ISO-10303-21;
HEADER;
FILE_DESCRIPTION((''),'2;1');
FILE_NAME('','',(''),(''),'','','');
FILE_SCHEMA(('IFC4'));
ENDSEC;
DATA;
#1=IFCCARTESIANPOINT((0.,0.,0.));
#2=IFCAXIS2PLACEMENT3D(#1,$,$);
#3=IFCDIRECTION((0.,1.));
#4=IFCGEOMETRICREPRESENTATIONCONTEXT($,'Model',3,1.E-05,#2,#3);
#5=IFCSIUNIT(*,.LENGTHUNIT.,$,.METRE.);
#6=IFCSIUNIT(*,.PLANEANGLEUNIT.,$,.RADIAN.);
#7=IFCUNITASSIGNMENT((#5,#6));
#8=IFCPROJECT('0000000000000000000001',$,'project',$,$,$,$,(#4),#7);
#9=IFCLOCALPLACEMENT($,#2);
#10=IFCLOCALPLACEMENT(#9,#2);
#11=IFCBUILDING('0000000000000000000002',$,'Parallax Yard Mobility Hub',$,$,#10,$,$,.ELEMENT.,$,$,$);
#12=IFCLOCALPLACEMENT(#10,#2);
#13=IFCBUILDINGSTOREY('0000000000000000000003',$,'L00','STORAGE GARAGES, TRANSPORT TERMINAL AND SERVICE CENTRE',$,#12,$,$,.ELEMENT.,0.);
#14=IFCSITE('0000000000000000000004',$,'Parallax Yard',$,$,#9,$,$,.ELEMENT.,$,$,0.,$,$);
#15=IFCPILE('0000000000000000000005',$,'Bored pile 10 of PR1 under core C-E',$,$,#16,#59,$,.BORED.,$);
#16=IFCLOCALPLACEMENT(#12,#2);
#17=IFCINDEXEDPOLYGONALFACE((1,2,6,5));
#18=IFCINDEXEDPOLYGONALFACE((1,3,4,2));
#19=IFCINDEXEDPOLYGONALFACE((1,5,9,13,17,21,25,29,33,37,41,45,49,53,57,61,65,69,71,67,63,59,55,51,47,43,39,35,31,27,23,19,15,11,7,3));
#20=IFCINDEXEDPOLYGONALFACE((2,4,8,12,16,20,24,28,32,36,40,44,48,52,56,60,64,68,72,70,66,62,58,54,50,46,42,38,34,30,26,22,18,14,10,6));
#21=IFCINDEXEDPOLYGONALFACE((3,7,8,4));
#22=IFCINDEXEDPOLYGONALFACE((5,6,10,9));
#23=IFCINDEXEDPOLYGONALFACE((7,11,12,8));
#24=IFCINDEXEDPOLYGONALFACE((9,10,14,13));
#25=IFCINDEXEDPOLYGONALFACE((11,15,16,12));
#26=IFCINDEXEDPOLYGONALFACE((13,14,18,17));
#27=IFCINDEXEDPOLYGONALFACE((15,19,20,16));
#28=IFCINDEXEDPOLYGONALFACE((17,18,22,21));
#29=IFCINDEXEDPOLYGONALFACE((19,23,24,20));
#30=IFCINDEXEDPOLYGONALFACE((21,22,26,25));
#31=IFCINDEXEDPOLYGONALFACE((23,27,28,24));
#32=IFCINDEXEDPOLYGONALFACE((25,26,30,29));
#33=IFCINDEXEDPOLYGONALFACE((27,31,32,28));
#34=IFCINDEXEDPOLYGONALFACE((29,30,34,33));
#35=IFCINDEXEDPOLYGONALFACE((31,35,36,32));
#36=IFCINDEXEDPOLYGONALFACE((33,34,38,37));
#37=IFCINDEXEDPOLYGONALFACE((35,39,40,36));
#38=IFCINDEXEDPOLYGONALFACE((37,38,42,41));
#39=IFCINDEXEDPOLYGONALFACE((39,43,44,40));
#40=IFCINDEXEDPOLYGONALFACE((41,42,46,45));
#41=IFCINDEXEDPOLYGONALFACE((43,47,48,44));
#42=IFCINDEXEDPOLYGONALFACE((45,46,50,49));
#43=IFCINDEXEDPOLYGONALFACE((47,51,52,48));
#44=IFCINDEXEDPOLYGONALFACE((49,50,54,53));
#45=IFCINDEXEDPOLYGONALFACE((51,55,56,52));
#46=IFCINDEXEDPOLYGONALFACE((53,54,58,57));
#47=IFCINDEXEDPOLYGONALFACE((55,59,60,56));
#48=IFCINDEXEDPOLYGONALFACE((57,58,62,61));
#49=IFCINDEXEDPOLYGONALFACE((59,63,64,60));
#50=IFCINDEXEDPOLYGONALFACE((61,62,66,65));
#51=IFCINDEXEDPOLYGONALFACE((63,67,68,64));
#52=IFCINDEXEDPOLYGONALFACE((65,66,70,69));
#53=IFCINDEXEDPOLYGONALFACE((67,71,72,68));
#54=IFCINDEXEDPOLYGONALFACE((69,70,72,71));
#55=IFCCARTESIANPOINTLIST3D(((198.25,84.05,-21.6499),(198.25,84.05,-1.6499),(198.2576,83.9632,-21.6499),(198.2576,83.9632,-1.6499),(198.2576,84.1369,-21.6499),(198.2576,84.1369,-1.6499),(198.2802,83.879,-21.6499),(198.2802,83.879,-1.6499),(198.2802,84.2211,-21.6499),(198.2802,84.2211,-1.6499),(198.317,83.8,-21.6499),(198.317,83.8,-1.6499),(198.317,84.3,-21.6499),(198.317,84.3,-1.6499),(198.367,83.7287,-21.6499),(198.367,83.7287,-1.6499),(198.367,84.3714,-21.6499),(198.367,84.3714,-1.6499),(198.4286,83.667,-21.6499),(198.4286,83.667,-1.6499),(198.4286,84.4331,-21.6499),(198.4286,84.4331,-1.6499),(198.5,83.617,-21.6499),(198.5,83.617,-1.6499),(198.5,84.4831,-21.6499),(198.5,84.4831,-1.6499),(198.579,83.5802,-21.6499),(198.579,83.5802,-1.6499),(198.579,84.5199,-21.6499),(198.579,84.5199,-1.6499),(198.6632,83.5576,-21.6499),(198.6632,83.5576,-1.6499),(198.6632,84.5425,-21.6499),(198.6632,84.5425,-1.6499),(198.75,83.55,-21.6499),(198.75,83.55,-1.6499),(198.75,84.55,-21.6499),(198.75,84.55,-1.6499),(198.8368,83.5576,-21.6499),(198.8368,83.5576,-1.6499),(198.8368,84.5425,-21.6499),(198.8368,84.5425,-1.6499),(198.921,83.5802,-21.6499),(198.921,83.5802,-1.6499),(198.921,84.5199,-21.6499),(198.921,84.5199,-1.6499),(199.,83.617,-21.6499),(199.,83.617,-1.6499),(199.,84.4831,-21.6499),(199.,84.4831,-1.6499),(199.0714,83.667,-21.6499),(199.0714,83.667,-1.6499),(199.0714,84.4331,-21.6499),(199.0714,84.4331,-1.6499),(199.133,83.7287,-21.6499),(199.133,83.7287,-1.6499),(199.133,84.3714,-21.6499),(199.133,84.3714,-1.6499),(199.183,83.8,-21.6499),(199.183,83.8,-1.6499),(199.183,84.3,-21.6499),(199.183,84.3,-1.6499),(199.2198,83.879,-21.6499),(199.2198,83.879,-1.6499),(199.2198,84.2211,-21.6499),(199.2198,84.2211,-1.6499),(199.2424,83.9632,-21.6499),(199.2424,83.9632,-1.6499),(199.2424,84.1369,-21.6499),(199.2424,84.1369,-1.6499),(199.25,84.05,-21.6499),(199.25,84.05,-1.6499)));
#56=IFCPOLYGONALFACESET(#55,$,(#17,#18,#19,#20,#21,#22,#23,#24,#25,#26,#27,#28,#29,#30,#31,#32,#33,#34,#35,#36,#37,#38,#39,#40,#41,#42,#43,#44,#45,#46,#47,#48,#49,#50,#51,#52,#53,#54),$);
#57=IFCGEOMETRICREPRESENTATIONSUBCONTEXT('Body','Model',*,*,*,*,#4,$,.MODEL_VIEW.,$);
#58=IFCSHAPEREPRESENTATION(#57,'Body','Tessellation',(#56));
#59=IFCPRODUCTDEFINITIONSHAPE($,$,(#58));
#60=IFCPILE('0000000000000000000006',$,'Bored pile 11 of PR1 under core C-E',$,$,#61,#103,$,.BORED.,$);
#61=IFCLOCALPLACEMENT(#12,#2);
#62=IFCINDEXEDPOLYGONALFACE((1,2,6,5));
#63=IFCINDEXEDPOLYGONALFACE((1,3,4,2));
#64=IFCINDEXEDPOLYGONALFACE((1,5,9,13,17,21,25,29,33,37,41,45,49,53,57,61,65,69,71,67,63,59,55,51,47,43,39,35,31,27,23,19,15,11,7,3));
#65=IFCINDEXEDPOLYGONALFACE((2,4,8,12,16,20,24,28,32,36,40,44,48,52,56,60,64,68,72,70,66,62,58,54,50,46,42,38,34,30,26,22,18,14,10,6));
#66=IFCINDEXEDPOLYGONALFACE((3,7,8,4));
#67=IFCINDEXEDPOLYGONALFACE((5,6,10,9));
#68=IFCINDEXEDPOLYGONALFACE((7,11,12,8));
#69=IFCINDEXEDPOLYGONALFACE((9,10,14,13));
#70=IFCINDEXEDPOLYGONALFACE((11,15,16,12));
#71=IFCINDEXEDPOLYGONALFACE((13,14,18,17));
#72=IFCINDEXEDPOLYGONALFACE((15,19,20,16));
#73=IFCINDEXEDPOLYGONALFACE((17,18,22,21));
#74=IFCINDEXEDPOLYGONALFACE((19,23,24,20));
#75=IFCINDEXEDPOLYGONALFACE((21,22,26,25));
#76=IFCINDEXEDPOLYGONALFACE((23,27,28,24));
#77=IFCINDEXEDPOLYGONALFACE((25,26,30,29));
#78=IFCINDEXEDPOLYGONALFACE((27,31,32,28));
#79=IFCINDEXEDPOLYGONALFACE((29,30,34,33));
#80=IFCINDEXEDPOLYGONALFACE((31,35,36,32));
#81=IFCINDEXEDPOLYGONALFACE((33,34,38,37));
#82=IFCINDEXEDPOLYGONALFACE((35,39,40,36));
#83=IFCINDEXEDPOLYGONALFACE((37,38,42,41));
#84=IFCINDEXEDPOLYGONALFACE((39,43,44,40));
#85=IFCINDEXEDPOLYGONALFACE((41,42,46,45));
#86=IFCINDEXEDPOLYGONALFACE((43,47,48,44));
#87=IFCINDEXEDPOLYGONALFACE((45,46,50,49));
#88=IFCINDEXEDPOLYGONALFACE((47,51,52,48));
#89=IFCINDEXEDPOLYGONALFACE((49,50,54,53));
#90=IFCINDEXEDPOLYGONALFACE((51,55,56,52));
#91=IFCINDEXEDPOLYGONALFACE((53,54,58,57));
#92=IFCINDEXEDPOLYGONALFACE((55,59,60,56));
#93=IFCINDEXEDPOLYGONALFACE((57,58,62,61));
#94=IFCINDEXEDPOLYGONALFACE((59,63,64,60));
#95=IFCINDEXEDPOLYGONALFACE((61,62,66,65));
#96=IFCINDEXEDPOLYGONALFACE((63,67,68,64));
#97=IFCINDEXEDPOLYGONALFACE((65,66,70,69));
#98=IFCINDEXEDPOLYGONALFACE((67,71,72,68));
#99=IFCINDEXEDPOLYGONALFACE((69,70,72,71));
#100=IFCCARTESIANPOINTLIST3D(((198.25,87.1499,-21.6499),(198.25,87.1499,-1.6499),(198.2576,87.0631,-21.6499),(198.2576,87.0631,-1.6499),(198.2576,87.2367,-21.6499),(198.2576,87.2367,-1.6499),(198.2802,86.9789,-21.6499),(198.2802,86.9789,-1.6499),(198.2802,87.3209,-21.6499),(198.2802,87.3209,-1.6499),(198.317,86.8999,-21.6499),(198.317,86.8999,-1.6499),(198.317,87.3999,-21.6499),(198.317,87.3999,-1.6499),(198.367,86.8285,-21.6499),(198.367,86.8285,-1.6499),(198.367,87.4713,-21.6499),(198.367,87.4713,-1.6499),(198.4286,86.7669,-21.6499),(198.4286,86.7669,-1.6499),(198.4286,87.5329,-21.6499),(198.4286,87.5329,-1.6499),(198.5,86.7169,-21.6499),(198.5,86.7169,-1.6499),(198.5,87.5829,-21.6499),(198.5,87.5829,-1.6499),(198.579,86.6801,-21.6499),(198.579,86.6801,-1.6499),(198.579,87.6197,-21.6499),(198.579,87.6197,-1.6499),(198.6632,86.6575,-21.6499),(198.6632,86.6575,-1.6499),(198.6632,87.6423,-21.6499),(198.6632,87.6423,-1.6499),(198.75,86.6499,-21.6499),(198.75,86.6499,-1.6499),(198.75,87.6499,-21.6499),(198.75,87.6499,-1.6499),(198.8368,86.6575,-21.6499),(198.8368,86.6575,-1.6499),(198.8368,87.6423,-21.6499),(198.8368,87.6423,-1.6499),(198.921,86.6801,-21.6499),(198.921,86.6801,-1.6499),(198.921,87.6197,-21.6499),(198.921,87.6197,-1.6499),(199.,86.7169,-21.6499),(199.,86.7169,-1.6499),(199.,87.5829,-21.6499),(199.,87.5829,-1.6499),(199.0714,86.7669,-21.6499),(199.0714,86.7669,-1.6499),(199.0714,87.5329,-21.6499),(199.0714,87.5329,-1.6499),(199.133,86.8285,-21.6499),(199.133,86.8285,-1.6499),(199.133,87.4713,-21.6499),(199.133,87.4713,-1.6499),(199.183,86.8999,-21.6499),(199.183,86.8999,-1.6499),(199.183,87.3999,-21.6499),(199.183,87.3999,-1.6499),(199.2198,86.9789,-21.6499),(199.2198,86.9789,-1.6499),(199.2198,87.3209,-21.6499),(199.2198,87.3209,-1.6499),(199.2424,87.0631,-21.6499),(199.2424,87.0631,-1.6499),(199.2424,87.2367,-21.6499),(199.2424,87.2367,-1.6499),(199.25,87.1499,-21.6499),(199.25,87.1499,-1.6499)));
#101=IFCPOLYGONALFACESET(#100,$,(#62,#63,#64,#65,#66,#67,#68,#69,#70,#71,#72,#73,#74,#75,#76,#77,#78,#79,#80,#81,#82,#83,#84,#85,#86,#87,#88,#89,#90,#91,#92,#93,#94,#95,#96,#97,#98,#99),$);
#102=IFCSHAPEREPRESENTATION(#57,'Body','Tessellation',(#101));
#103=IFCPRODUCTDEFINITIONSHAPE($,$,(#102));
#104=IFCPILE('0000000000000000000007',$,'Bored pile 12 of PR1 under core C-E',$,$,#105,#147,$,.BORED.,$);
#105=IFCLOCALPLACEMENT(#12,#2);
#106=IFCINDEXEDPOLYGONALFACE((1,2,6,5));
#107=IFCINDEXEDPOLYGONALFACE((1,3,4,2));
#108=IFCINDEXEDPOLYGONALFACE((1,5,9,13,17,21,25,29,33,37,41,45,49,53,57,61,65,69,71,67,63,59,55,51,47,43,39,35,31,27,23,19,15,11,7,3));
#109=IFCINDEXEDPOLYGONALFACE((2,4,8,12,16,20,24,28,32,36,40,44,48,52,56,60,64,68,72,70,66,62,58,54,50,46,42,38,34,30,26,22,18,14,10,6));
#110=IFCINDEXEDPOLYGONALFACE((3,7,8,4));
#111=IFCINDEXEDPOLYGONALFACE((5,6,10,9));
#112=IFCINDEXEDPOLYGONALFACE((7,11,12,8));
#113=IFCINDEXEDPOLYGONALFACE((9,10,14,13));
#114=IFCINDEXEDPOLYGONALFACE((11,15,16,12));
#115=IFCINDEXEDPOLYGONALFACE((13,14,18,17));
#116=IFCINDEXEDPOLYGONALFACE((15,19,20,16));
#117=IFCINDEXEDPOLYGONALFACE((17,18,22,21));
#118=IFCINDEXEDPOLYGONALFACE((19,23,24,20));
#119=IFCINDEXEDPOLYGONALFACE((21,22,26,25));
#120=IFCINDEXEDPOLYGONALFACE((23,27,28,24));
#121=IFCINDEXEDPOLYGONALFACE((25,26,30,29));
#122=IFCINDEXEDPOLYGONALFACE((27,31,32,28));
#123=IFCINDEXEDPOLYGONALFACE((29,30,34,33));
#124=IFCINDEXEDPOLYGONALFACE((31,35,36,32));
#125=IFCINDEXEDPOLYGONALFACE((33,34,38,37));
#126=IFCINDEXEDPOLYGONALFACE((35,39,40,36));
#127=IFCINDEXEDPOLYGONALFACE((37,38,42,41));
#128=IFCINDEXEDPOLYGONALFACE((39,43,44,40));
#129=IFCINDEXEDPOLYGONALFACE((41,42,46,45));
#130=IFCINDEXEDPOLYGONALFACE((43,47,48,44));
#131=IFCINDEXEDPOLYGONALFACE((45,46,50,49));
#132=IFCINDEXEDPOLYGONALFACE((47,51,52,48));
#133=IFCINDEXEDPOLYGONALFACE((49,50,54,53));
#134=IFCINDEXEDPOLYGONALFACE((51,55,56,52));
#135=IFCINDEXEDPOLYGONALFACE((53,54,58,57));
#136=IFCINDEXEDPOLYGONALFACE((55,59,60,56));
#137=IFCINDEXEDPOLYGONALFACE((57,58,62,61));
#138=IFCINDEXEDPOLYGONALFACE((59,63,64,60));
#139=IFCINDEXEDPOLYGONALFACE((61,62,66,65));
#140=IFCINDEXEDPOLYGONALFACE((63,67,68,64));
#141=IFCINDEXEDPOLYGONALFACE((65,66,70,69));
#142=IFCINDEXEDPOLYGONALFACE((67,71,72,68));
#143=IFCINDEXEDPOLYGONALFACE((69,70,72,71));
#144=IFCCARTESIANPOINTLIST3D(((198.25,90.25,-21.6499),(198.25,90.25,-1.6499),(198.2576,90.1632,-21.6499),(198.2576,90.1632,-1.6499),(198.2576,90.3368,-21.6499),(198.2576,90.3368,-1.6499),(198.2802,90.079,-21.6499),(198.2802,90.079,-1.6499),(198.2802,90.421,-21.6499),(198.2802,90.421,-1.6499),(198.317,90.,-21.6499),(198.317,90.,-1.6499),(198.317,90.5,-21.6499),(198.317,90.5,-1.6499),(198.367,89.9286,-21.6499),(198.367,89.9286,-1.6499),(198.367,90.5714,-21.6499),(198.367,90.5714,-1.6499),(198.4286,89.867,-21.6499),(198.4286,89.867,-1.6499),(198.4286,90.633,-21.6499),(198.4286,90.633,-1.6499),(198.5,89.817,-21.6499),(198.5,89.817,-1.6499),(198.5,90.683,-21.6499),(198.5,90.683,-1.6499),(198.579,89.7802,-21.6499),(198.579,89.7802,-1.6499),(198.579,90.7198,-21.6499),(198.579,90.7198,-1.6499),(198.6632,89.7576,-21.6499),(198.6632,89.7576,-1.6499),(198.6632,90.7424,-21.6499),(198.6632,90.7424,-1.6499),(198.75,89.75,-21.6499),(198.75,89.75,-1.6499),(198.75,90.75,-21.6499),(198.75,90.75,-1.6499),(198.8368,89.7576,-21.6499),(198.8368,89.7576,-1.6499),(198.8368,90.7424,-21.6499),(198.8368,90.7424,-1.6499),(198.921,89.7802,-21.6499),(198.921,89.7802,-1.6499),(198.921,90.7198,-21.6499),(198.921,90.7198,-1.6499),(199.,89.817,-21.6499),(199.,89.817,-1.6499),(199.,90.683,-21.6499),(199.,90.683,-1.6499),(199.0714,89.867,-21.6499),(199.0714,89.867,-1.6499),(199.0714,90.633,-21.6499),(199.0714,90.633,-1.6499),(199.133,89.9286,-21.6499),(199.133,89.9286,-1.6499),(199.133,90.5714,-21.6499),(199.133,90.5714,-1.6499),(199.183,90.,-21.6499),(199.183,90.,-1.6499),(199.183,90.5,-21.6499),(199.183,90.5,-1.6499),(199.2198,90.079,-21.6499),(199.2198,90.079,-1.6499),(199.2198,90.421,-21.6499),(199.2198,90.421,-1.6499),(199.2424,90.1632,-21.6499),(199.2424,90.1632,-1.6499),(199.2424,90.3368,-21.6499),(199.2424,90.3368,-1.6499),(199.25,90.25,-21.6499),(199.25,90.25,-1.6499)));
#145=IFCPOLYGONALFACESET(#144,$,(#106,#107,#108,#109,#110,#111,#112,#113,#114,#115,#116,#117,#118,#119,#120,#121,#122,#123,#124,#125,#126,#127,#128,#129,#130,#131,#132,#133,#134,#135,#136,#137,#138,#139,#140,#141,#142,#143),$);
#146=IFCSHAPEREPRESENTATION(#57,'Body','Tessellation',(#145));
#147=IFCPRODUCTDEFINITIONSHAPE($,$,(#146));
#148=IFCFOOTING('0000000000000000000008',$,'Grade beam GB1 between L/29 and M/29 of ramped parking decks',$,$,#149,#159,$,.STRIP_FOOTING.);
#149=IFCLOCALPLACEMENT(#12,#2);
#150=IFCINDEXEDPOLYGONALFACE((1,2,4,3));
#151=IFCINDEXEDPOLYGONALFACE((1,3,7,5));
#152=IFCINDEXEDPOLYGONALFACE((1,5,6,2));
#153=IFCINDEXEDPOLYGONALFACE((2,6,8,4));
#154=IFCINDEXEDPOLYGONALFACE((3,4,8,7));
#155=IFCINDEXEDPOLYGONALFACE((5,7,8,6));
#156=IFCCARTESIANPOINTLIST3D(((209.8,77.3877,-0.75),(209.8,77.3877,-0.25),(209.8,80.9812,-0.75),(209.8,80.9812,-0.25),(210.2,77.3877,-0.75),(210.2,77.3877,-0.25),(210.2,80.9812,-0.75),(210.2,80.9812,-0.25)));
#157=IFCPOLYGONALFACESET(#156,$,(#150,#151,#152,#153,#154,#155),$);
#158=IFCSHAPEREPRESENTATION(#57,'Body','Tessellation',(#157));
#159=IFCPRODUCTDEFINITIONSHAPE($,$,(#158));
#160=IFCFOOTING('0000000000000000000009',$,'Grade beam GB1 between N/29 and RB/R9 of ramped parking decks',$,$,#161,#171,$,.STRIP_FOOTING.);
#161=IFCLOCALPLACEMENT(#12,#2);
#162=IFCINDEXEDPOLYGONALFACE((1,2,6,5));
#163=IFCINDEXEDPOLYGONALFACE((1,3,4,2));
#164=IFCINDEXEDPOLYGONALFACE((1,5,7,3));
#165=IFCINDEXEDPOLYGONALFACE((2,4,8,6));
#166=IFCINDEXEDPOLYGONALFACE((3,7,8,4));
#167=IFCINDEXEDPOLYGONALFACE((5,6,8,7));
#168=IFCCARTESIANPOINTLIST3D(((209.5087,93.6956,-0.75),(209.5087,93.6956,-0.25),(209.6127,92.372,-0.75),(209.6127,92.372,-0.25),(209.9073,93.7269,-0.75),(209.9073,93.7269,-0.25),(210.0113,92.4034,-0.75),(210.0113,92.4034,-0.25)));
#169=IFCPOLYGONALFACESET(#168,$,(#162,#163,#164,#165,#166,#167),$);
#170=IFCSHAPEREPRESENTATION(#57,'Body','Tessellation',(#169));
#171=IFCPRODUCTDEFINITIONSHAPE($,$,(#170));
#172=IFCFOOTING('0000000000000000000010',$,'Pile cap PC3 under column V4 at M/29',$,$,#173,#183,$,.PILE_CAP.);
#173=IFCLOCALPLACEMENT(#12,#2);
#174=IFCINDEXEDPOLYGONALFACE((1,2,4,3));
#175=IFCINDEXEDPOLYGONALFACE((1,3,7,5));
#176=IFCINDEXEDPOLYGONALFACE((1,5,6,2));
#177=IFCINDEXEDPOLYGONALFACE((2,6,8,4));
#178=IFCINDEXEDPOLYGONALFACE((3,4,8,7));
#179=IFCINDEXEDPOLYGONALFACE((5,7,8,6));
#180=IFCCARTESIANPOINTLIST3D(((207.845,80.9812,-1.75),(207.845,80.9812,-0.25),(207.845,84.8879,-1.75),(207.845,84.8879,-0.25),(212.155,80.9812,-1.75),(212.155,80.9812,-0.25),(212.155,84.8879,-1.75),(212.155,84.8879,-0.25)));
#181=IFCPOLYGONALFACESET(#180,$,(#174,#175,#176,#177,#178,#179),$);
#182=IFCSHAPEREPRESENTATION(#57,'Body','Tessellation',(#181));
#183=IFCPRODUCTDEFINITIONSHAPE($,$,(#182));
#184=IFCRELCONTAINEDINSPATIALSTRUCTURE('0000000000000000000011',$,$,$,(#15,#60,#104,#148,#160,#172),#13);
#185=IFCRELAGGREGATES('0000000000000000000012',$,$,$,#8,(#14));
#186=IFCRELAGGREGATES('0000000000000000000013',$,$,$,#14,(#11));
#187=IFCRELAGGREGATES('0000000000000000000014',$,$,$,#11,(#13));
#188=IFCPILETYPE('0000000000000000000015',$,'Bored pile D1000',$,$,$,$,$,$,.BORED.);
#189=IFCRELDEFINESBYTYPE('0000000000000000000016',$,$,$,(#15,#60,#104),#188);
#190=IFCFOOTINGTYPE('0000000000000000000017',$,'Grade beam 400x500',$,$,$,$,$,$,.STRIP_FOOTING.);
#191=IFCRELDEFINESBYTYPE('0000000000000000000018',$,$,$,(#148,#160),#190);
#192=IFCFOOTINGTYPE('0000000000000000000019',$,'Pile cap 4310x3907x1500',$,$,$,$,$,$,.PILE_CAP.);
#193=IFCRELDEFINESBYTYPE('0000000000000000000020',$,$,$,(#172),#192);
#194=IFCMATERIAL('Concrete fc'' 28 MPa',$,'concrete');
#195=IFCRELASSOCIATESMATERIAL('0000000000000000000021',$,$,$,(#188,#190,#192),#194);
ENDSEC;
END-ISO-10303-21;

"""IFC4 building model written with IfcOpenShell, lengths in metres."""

from ifc_helpers import new_model, si_unit, direction, frame, origin, origin_2d, place, context, subcontext, project, spatial, rectangle, circle, extrude, material, material_profile, profile_set, type_object, element, save


model = new_model("IFC4")

# Units and contexts
model_context = context("Model", 3, precision=1e-05, world=origin(), true_north=direction((0.0, 1.0)))
body_context = subcontext(model_context, "Body", "Model", "MODEL_VIEW")
ifc_project = project(units=[si_unit("LENGTHUNIT", "METRE"), si_unit("PLANEANGLEUNIT", "RADIAN")], contexts=[model_context])

# Site, building, storey
site_placement = place(None, origin())
site = spatial("IfcSite", under=ifc_project, at=site_placement, Name="Parallax Yard", CompositionType="ELEMENT", RefElevation=0.0)
building_placement = place(site_placement, origin())
building = spatial("IfcBuilding", under=site, at=building_placement, Name="Parallax Yard Mobility Hub", CompositionType="ELEMENT")
storey_placement = place(building_placement, origin())
storey = spatial("IfcBuildingStorey", under=building, at=storey_placement, Name="L00", Description="STORAGE GARAGES, TRANSPORT TERMINAL AND SERVICE CENTRE", CompositionType="ELEMENT", Elevation=0.0)

# Piles
ifc_material_1 = material(Name="Concrete fc' 28 MPa", Category="concrete")
ifc_material_profile_1 = material_profile(ifc_material_1, circle(Radius=0.5, at=origin_2d()), Name="Bored pile D1000")
ifc_profile_set_1 = profile_set([ifc_material_profile_1], Name="Concrete fc' 28 MPa")
pile_type = type_object("IfcPileType", Name="Bored pile D1000", PredefinedType="BORED", material=ifc_profile_set_1)
for number, where, z_axis, x_axis, name in (
    (1, (198.75, 84.05, -1.6499), (0.0, 0.0, -1.0), (1.0, 0.0, 0.0), "Bored pile 10 of PR1 under core C-E"),
    (2, (198.75, 87.1499, -1.6499), (0.0, 0.0, -1.0), (1.0, 0.0, 0.0), "Bored pile 11 of PR1 under core C-E"),
    (3, (198.75, 90.25, -1.6499), (0.0, 0.0, -1.0), (1.0, 0.0, 0.0), "Bored pile 12 of PR1 under core C-E"),
):
    element("IfcPile", number, at=place(storey_placement, frame(where, z_axis=z_axis, x_axis=x_axis)), inside=storey, type_object=pile_type, Name=name, PredefinedType="BORED", context=body_context, shape_type="SweptSolid", body=[
        extrude(circle(Radius=0.5, at=origin_2d()), origin(), (0.0, 0.0, 1.0), 20.0),
    ])

# Footings
ifc_material_profile_2 = material_profile(ifc_material_1, rectangle(XDim=0.3999, YDim=0.5, at=origin_2d()), Name="Grade beam 400x500")
ifc_profile_set_2 = profile_set([ifc_material_profile_2], Name="Concrete fc' 28 MPa")
footing_type_1 = type_object("IfcFootingType", Name="Grade beam 400x500", PredefinedType="STRIP_FOOTING", material=ifc_profile_set_2)
footing_1_placement = place(storey_placement, frame((210.0, 77.3877, -0.5), z_axis=(0.0, 1.0, 0.0), x_axis=(-1.0, 0.0, 0.0)))
element("IfcFooting", 4, at=footing_1_placement, inside=storey, type_object=footing_type_1, Name="Grade beam GB1 between L/29 and M/29 of ramped parking decks", PredefinedType="STRIP_FOOTING", context=body_context, shape_type="SweptSolid", body=[
    extrude(rectangle(XDim=0.3999, YDim=0.5, at=origin_2d()), origin(), (0.0, 0.0, 1.0), 3.5935),
])
footing_2_placement = place(storey_placement, frame((209.812, 92.3877, -0.5), z_axis=(-0.078342, 0.996927, 0.0), x_axis=(-0.996927, -0.078342, 0.0)))
element("IfcFooting", 5, at=footing_2_placement, inside=storey, type_object=footing_type_1, Name="Grade beam GB1 between N/29 and RB/R9 of ramped parking decks", PredefinedType="STRIP_FOOTING", context=body_context, shape_type="SweptSolid", body=[
    extrude(rectangle(XDim=0.3999, YDim=0.5, at=origin_2d()), origin(), (0.0, 0.0, 1.0), 1.3276),
])
footing_type_2 = type_object("IfcFootingType", Name="Pile cap 4310x3907x1500", PredefinedType="PILE_CAP", material=ifc_material_1)
footing_3_placement = place(storey_placement, frame((210.0, 82.9346, -1.75), z_axis=(0.0, 0.0, 1.0), x_axis=(1.0, 0.0, 0.0)))
element("IfcFooting", 6, at=footing_3_placement, inside=storey, type_object=footing_type_2, Name="Pile cap PC3 under column V4 at M/29", PredefinedType="PILE_CAP", context=body_context, shape_type="SweptSolid", body=[
    extrude(rectangle(XDim=4.3101, YDim=3.9067, at=origin_2d()), origin(), (0.0, 0.0, 1.0), 1.5),
])

save(model, "model.ifc")
